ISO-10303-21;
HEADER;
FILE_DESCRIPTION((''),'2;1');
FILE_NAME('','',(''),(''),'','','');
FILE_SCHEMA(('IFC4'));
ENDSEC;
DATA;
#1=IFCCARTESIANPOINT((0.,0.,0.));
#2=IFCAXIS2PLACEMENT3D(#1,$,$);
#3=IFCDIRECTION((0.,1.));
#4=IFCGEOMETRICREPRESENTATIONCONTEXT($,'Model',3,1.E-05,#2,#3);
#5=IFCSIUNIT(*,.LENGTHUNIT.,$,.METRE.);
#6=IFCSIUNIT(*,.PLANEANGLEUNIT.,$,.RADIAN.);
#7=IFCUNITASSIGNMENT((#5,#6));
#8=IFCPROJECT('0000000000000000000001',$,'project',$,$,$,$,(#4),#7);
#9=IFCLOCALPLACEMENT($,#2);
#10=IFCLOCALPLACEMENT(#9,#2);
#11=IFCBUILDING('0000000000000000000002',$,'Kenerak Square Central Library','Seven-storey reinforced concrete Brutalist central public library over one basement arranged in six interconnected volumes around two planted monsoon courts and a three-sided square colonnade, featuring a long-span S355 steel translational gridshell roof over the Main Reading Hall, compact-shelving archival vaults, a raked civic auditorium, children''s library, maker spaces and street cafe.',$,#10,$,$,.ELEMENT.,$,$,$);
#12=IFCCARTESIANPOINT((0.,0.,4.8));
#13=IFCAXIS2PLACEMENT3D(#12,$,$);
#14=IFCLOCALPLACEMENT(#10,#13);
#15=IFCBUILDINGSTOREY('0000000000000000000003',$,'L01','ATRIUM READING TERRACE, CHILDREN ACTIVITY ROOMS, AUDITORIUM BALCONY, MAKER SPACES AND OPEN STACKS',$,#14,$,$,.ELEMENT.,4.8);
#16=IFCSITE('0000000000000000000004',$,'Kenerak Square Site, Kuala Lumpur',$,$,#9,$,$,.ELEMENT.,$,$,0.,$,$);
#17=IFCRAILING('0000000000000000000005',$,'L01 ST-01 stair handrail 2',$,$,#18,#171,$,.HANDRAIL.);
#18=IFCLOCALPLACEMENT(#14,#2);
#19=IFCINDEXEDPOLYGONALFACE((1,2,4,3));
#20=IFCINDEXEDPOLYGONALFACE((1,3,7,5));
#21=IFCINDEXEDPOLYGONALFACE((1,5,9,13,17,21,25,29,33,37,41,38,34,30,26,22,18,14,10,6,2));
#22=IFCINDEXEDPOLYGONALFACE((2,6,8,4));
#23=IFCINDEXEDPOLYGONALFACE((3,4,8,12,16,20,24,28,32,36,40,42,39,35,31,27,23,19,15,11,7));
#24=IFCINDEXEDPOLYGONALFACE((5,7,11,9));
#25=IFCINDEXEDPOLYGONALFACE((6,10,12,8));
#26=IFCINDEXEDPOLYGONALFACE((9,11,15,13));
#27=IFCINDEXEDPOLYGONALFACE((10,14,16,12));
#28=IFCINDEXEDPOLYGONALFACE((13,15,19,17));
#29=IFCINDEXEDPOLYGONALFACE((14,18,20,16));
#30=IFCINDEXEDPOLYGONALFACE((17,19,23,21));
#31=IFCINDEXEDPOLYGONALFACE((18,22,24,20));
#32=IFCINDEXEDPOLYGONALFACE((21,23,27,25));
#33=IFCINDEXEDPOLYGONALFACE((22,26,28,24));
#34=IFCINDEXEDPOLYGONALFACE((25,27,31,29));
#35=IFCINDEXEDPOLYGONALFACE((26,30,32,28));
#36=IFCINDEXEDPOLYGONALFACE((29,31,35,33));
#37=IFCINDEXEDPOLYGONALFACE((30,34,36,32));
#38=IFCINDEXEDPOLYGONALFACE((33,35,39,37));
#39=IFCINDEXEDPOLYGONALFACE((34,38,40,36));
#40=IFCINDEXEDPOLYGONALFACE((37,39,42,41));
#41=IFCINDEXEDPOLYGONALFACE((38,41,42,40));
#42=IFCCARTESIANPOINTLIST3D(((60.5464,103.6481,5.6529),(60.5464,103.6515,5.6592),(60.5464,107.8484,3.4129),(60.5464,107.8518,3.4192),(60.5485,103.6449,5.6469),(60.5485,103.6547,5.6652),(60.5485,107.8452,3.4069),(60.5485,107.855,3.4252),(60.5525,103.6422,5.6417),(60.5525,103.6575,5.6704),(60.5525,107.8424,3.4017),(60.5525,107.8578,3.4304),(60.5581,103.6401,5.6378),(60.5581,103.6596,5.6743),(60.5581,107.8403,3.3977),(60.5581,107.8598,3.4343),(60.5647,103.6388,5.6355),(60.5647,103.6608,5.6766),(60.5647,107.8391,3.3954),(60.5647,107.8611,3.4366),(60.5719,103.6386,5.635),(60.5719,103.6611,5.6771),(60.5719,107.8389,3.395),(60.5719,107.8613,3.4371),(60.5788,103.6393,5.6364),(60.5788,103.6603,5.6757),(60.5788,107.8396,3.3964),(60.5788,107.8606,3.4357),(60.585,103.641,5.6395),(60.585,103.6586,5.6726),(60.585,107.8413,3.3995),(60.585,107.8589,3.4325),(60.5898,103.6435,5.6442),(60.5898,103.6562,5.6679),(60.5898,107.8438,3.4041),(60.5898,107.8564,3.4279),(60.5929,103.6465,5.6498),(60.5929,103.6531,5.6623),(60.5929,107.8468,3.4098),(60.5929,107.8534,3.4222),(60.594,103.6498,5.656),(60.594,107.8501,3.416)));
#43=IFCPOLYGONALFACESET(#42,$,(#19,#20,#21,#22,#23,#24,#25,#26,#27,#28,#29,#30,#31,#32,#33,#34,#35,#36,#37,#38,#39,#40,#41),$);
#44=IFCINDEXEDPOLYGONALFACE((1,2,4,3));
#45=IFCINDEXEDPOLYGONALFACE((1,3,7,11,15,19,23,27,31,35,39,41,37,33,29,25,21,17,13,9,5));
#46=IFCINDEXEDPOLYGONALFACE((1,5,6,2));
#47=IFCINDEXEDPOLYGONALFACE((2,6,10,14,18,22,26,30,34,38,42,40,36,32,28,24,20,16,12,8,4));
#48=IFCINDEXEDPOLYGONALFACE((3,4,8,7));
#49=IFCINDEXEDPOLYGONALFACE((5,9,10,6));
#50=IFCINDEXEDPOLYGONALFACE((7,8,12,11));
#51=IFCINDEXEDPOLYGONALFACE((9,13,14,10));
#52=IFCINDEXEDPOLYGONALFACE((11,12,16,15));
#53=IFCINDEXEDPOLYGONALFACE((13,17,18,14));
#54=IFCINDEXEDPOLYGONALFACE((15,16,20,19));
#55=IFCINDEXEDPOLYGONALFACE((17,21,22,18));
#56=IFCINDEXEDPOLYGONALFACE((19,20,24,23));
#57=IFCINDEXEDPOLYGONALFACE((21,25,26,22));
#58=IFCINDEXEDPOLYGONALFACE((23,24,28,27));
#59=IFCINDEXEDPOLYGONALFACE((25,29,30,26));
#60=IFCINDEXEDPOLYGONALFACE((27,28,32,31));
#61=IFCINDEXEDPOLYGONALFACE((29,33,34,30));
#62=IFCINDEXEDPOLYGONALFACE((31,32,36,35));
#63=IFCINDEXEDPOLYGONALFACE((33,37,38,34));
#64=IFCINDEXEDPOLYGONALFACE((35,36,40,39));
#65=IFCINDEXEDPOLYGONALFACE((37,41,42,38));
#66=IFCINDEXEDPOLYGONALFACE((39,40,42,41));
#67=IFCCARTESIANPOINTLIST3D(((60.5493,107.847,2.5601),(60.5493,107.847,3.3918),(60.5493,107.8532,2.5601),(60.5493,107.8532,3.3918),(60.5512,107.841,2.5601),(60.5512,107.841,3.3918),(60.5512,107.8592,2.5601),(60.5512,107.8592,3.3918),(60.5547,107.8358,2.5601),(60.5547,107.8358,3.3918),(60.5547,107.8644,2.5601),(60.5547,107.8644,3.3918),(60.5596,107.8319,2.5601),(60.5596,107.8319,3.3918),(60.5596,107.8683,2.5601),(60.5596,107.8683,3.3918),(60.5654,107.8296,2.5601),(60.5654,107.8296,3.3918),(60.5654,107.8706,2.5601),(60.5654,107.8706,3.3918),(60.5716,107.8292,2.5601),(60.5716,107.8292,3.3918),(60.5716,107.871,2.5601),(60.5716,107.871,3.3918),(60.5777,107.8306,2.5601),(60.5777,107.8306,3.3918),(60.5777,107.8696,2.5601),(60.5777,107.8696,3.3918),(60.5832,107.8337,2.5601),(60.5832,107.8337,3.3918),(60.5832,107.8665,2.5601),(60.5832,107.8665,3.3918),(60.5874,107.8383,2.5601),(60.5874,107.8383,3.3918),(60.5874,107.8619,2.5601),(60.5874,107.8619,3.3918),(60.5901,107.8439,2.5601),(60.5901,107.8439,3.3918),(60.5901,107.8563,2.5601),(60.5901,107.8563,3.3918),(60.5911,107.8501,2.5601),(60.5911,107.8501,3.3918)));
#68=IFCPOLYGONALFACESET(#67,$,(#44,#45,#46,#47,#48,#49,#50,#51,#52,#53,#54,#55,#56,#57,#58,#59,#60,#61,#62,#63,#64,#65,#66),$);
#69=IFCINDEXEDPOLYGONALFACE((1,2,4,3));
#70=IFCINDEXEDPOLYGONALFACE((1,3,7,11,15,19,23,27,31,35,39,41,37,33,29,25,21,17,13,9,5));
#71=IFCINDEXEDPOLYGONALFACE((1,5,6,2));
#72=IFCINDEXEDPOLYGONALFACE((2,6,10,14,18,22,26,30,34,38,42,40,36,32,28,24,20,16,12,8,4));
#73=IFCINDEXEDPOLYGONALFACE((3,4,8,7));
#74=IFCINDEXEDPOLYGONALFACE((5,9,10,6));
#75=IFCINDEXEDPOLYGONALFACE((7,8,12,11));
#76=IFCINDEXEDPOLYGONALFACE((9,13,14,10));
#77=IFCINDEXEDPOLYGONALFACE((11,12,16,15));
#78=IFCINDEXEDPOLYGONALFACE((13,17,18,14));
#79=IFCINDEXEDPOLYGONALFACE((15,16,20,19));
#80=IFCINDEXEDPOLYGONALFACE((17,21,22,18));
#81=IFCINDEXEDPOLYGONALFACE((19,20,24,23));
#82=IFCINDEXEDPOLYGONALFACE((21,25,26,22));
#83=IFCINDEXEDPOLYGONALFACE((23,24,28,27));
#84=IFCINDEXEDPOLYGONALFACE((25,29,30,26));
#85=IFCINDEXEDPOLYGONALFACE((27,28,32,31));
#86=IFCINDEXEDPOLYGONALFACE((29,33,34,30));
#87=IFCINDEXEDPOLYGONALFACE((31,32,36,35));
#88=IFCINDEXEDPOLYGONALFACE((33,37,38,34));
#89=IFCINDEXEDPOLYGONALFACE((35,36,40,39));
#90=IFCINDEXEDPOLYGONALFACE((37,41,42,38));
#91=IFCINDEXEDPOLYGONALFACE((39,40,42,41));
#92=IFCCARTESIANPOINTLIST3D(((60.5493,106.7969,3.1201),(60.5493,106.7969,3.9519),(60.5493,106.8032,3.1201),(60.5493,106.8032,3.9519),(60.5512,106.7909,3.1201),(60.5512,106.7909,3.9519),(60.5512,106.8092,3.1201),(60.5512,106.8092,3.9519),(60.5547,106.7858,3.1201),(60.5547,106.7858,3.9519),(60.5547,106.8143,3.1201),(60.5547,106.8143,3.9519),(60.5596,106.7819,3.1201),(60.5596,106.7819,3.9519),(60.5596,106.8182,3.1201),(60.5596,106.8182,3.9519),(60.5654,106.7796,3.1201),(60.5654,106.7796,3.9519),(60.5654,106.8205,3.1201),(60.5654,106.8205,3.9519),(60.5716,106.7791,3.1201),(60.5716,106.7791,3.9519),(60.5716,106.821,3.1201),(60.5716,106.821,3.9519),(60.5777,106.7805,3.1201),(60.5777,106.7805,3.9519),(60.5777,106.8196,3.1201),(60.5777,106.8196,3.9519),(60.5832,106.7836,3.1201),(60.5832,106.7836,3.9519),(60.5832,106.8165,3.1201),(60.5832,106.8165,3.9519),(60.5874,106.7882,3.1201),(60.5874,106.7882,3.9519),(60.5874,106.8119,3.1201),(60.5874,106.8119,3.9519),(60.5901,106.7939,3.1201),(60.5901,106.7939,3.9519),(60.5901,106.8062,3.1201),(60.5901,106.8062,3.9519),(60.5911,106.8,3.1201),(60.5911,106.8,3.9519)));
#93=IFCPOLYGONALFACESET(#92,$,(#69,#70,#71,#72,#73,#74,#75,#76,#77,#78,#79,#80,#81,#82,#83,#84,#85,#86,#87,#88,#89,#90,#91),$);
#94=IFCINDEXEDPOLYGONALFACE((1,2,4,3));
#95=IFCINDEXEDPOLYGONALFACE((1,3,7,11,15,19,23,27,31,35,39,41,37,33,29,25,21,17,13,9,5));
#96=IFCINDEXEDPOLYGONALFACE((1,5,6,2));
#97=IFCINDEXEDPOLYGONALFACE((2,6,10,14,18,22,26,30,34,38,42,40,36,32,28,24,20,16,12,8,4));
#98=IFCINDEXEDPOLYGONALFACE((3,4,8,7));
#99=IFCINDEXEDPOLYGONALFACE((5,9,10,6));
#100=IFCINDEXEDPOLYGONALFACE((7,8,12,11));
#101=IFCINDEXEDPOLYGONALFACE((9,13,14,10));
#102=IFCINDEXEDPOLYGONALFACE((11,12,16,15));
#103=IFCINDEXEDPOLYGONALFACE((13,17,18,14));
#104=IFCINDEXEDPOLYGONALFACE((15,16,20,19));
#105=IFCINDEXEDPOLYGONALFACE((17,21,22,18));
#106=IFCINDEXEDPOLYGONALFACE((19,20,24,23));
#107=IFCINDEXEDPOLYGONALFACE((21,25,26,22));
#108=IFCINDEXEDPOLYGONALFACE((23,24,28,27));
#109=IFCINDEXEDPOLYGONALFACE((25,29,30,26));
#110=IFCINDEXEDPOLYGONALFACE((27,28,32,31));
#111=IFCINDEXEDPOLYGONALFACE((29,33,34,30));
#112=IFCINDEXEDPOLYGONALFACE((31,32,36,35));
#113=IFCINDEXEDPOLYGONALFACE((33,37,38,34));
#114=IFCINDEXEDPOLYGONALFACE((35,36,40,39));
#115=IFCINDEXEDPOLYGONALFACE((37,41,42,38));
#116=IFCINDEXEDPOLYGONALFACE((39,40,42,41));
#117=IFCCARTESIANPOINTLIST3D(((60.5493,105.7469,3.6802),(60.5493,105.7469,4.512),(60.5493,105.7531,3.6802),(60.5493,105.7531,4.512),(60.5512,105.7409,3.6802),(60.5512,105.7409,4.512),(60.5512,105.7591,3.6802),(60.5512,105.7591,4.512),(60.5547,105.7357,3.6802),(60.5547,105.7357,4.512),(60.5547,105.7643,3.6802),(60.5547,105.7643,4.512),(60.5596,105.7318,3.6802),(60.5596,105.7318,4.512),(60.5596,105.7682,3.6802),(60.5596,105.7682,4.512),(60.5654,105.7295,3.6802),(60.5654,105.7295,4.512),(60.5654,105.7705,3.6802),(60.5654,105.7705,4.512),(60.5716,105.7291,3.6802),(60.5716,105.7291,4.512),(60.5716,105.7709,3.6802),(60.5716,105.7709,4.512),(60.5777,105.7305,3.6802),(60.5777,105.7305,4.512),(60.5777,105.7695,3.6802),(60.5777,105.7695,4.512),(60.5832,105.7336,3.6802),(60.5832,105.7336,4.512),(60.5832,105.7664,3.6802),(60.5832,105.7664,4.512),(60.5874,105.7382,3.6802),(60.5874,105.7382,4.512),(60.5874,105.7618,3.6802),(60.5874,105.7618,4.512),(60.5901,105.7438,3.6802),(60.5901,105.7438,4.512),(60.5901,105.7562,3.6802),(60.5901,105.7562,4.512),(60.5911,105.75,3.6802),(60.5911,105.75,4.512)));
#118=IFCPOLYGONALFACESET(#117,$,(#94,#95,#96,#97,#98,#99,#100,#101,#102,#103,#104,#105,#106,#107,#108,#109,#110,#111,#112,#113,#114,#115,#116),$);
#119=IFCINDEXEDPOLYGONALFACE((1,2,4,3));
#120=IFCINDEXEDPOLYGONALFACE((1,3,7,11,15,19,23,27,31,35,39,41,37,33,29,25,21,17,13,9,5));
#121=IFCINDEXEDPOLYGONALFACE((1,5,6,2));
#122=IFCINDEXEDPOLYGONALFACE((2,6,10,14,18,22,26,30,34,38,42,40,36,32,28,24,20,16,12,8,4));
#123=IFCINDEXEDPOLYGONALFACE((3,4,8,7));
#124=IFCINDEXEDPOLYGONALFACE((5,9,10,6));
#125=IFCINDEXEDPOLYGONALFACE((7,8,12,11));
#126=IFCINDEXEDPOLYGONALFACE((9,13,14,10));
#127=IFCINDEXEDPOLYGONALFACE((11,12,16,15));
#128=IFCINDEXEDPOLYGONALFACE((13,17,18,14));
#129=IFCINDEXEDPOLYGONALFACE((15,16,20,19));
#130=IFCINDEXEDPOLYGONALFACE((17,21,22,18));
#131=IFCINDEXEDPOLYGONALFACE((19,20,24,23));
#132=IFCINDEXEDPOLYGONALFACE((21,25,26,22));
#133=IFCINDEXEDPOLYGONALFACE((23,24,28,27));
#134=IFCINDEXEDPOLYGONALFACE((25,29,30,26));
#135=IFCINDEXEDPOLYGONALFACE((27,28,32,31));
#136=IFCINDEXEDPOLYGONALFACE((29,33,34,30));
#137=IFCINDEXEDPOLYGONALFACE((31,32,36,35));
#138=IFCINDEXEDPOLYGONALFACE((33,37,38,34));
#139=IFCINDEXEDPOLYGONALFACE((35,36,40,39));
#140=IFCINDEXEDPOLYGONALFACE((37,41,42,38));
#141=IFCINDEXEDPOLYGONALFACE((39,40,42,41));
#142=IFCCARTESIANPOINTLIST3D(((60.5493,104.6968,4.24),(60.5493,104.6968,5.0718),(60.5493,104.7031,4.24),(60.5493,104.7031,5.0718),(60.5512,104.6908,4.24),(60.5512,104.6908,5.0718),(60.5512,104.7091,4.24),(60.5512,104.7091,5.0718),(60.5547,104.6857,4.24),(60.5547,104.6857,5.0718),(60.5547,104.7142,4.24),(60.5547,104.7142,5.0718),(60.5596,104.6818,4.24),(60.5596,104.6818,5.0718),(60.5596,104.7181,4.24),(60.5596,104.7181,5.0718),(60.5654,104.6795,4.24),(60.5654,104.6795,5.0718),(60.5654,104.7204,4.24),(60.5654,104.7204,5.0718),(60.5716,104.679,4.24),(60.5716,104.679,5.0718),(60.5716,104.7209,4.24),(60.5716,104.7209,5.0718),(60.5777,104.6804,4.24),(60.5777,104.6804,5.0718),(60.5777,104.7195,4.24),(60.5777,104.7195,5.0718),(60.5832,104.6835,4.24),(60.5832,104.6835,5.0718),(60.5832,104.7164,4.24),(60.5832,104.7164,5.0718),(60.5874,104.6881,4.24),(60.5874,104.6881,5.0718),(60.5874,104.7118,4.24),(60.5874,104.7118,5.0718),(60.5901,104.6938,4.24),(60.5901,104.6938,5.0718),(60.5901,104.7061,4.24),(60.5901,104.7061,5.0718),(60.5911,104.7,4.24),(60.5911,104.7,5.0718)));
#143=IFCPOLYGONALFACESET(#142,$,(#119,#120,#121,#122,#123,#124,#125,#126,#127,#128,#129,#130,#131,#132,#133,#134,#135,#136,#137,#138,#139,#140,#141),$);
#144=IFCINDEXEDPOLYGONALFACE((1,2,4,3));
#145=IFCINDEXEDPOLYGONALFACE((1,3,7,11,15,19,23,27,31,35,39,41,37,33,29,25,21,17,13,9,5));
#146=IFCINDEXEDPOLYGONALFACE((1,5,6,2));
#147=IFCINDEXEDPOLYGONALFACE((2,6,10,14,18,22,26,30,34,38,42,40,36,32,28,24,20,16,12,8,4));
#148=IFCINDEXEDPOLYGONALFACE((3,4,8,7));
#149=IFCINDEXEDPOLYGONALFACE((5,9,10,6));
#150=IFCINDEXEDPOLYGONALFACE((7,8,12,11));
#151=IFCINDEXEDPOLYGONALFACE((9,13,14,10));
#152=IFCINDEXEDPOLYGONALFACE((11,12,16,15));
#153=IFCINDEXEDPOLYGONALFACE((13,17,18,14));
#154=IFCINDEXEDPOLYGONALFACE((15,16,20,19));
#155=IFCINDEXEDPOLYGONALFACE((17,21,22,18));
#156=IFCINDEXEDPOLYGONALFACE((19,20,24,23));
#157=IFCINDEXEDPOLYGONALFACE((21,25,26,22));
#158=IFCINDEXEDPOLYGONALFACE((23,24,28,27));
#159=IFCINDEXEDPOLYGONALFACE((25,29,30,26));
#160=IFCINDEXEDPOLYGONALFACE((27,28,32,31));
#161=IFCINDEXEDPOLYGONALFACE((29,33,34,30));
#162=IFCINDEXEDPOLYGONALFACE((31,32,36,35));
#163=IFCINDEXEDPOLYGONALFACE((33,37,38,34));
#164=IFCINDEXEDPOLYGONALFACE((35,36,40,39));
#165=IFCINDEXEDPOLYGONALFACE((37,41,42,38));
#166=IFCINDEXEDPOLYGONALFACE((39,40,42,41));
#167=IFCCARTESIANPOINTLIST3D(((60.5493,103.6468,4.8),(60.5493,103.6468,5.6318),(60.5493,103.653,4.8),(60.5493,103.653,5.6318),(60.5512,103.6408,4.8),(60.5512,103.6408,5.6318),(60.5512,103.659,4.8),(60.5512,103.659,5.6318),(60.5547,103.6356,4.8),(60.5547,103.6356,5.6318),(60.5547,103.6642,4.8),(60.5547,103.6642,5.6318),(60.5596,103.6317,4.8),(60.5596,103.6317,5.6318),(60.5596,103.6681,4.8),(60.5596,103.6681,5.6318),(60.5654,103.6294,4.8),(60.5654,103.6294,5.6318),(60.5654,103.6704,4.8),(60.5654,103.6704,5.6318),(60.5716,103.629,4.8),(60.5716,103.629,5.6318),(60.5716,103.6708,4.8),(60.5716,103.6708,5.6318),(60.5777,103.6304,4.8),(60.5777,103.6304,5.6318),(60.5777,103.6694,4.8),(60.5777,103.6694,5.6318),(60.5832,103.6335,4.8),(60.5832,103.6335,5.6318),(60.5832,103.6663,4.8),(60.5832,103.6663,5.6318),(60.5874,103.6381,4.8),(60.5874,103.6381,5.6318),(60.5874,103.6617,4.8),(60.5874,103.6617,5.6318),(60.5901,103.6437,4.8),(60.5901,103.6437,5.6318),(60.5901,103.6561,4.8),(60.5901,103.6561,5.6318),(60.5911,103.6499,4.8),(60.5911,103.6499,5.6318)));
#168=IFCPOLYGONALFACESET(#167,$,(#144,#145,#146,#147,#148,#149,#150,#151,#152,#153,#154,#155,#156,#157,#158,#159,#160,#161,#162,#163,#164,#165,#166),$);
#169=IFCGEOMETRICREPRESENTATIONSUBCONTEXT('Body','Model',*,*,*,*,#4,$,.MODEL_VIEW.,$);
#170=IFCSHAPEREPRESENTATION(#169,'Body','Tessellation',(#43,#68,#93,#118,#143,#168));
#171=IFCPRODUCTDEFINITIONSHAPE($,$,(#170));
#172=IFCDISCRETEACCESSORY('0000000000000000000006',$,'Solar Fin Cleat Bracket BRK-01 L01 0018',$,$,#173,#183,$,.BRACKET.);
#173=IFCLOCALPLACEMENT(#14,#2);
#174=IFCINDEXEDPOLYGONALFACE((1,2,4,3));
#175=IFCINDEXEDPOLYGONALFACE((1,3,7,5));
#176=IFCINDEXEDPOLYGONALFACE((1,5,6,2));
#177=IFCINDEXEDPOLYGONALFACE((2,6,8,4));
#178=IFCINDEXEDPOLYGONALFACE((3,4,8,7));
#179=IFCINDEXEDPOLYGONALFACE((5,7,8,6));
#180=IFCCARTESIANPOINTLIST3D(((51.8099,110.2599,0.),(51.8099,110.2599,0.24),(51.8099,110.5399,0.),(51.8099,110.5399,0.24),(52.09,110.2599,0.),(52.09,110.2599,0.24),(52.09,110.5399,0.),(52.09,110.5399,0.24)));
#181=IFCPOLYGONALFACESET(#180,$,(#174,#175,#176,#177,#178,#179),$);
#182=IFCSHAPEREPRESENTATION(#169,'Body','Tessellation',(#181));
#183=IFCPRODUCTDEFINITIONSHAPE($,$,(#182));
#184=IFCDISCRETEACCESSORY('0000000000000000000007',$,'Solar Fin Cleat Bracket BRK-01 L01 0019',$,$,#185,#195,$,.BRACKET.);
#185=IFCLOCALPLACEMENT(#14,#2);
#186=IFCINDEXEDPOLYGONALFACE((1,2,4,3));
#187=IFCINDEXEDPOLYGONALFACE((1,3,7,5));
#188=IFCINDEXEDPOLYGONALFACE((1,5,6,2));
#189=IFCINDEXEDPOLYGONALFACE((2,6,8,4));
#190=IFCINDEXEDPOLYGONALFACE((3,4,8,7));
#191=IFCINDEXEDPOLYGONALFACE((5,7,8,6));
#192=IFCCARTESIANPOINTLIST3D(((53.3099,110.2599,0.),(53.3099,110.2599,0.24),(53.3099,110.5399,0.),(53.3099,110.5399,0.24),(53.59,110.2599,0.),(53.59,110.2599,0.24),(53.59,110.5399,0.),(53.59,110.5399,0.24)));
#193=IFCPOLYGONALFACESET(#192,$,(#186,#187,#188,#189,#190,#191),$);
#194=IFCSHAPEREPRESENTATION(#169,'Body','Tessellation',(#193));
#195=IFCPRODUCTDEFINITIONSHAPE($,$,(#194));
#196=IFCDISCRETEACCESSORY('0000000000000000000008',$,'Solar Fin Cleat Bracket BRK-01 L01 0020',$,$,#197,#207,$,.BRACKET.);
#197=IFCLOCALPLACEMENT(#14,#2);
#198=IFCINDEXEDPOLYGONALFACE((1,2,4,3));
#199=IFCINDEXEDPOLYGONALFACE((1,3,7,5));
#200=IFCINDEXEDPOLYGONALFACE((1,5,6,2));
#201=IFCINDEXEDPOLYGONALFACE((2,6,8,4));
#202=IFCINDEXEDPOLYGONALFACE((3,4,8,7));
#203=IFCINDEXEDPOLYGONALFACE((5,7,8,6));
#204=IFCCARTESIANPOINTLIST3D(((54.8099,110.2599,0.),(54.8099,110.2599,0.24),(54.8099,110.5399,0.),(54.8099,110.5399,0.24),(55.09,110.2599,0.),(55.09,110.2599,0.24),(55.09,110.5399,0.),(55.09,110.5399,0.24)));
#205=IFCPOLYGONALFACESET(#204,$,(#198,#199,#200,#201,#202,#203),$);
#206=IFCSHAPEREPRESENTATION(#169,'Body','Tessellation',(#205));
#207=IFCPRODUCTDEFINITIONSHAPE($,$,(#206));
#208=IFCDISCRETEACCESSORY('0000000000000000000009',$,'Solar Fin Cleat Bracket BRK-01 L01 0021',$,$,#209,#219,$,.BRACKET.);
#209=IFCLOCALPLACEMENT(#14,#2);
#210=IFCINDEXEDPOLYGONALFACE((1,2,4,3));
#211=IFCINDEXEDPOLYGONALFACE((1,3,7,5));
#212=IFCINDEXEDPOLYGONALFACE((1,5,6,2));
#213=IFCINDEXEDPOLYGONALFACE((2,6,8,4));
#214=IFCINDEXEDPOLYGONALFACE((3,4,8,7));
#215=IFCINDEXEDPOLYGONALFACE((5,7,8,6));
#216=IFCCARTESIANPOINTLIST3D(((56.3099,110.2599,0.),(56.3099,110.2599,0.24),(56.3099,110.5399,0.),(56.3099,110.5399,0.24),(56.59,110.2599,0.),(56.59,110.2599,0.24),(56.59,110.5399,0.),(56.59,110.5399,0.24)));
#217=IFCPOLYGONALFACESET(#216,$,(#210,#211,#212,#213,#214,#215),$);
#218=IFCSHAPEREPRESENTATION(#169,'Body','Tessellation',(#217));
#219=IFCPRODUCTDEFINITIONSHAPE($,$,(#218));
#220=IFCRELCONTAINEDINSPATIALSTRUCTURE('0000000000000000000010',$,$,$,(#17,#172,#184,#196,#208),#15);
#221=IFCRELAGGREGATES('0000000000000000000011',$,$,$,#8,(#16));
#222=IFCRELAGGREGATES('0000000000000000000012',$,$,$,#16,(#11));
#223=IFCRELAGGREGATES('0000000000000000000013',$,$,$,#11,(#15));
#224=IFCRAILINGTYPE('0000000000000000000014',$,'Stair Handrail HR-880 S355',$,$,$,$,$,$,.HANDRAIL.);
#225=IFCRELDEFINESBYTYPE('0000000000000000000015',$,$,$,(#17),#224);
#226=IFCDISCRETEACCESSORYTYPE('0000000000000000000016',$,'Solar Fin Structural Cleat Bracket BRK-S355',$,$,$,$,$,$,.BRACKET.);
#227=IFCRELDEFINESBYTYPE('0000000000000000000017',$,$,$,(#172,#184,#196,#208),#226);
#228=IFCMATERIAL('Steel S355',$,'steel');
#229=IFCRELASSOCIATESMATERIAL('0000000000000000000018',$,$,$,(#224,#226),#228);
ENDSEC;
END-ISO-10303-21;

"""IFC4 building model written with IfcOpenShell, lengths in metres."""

from ifc_helpers import new_model, si_unit, direction, frame, origin, origin_2d, place, context, subcontext, project, spatial, rectangle, circle, extrude, material, type_object, element, save


model = new_model("IFC4")

# Units and contexts
model_context = context("Model", 3, precision=1e-05, world=origin(), true_north=direction((0.0, 1.0)))
body_context = subcontext(model_context, "Body", "Model", "MODEL_VIEW")
ifc_project = project(units=[si_unit("LENGTHUNIT", "METRE"), si_unit("PLANEANGLEUNIT", "RADIAN")], contexts=[model_context])

# Site, building, storey
site_placement = place(None, origin())
site = spatial("IfcSite", under=ifc_project, at=site_placement, Name="Kenerak Square Site, Kuala Lumpur", CompositionType="ELEMENT", RefElevation=0.0)
building_placement = place(site_placement, origin())
building = spatial("IfcBuilding", under=site, at=building_placement, Name="Kenerak Square Central Library", Description="Seven-storey reinforced concrete Brutalist central public library over one basement arranged in six interconnected volumes around two planted monsoon courts and a three-sided square colonnade, featuring a long-span S355 steel translational gridshell roof over the Main Reading Hall, compact-shelving archival vaults, a raked civic auditorium, children's library, maker spaces and street cafe.", CompositionType="ELEMENT")
storey_placement = place(building_placement, frame((0.0, 0.0, 4.8)))
storey = spatial("IfcBuildingStorey", under=building, at=storey_placement, Name="L01", Description="ATRIUM READING TERRACE, CHILDREN ACTIVITY ROOMS, AUDITORIUM BALCONY, MAKER SPACES AND OPEN STACKS", CompositionType="ELEMENT", Elevation=4.8)

# Shared definitions
ifc_material_1 = material(Name="Steel S355", Category="steel")

# Railing
railing_type_1 = type_object("IfcRailingType", Name="Stair Handrail HR-880 S355", PredefinedType="HANDRAIL", material=ifc_material_1)
railing_1_placement = place(storey_placement, frame((60.5701, 107.8501, 2.5601)))
element("IfcRailing", 1, at=railing_1_placement, inside=storey, type_object=railing_type_1, Name="L01 ST-01 stair handrail 2", PredefinedType="HANDRAIL", context=body_context, shape_type="SweptSolid", body=[
    extrude(circle(Radius=0.0239, at=origin_2d()), frame((0.0, 0.0, 0.856), z_axis=(0.0, -0.882363, 0.47057), x_axis=(1.0, 0.0, 0.0)), (0.0, 0.0, 1.0), 4.7603),
    extrude(circle(Radius=0.021, at=origin_2d()), origin(), (0.0, 0.0, 1.0), 0.8318),
    extrude(circle(Radius=0.021, at=origin_2d()), frame((0.0, -1.05, 0.5601)), (0.0, 0.0, 1.0), 0.8318),
    extrude(circle(Radius=0.021, at=origin_2d()), frame((0.0, -2.1001, 1.1201)), (0.0, 0.0, 1.0), 0.8318),
    extrude(circle(Radius=0.021, at=origin_2d()), frame((0.0, -3.1501, 1.6799)), (0.0, 0.0, 1.0), 0.8318),
    extrude(circle(Radius=0.021, at=origin_2d()), frame((0.0, -4.2002, 2.24)), (0.0, 0.0, 1.0), 0.8318),
])

# Discrete accessories
discrete_accessory_type = type_object("IfcDiscreteAccessoryType", Name="Solar Fin Structural Cleat Bracket BRK-S355", PredefinedType="BRACKET", material=ifc_material_1)
for number, where, z_axis, x_axis, name in (
    (2, (51.95, 110.3999, 0.0), (0.0, 0.0, 1.0), (1.0, 0.0, 0.0), "Solar Fin Cleat Bracket BRK-01 L01 0018"),
    (3, (53.45, 110.3999, 0.0), (0.0, 0.0, 1.0), (1.0, 0.0, 0.0), "Solar Fin Cleat Bracket BRK-01 L01 0019"),
    (4, (54.95, 110.3999, 0.0), (0.0, 0.0, 1.0), (1.0, 0.0, 0.0), "Solar Fin Cleat Bracket BRK-01 L01 0020"),
    (5, (56.45, 110.3999, 0.0), (0.0, 0.0, 1.0), (1.0, 0.0, 0.0), "Solar Fin Cleat Bracket BRK-01 L01 0021"),
):
    element("IfcDiscreteAccessory", number, at=place(storey_placement, frame(where, z_axis=z_axis, x_axis=x_axis)), inside=storey, type_object=discrete_accessory_type, Name=name, PredefinedType="BRACKET", context=body_context, shape_type="SweptSolid", body=[
        extrude(rectangle(XDim=0.28, YDim=0.28, at=origin_2d()), origin(), (0.0, 0.0, 1.0), 0.24),
    ])

save(model, "model.ifc")
